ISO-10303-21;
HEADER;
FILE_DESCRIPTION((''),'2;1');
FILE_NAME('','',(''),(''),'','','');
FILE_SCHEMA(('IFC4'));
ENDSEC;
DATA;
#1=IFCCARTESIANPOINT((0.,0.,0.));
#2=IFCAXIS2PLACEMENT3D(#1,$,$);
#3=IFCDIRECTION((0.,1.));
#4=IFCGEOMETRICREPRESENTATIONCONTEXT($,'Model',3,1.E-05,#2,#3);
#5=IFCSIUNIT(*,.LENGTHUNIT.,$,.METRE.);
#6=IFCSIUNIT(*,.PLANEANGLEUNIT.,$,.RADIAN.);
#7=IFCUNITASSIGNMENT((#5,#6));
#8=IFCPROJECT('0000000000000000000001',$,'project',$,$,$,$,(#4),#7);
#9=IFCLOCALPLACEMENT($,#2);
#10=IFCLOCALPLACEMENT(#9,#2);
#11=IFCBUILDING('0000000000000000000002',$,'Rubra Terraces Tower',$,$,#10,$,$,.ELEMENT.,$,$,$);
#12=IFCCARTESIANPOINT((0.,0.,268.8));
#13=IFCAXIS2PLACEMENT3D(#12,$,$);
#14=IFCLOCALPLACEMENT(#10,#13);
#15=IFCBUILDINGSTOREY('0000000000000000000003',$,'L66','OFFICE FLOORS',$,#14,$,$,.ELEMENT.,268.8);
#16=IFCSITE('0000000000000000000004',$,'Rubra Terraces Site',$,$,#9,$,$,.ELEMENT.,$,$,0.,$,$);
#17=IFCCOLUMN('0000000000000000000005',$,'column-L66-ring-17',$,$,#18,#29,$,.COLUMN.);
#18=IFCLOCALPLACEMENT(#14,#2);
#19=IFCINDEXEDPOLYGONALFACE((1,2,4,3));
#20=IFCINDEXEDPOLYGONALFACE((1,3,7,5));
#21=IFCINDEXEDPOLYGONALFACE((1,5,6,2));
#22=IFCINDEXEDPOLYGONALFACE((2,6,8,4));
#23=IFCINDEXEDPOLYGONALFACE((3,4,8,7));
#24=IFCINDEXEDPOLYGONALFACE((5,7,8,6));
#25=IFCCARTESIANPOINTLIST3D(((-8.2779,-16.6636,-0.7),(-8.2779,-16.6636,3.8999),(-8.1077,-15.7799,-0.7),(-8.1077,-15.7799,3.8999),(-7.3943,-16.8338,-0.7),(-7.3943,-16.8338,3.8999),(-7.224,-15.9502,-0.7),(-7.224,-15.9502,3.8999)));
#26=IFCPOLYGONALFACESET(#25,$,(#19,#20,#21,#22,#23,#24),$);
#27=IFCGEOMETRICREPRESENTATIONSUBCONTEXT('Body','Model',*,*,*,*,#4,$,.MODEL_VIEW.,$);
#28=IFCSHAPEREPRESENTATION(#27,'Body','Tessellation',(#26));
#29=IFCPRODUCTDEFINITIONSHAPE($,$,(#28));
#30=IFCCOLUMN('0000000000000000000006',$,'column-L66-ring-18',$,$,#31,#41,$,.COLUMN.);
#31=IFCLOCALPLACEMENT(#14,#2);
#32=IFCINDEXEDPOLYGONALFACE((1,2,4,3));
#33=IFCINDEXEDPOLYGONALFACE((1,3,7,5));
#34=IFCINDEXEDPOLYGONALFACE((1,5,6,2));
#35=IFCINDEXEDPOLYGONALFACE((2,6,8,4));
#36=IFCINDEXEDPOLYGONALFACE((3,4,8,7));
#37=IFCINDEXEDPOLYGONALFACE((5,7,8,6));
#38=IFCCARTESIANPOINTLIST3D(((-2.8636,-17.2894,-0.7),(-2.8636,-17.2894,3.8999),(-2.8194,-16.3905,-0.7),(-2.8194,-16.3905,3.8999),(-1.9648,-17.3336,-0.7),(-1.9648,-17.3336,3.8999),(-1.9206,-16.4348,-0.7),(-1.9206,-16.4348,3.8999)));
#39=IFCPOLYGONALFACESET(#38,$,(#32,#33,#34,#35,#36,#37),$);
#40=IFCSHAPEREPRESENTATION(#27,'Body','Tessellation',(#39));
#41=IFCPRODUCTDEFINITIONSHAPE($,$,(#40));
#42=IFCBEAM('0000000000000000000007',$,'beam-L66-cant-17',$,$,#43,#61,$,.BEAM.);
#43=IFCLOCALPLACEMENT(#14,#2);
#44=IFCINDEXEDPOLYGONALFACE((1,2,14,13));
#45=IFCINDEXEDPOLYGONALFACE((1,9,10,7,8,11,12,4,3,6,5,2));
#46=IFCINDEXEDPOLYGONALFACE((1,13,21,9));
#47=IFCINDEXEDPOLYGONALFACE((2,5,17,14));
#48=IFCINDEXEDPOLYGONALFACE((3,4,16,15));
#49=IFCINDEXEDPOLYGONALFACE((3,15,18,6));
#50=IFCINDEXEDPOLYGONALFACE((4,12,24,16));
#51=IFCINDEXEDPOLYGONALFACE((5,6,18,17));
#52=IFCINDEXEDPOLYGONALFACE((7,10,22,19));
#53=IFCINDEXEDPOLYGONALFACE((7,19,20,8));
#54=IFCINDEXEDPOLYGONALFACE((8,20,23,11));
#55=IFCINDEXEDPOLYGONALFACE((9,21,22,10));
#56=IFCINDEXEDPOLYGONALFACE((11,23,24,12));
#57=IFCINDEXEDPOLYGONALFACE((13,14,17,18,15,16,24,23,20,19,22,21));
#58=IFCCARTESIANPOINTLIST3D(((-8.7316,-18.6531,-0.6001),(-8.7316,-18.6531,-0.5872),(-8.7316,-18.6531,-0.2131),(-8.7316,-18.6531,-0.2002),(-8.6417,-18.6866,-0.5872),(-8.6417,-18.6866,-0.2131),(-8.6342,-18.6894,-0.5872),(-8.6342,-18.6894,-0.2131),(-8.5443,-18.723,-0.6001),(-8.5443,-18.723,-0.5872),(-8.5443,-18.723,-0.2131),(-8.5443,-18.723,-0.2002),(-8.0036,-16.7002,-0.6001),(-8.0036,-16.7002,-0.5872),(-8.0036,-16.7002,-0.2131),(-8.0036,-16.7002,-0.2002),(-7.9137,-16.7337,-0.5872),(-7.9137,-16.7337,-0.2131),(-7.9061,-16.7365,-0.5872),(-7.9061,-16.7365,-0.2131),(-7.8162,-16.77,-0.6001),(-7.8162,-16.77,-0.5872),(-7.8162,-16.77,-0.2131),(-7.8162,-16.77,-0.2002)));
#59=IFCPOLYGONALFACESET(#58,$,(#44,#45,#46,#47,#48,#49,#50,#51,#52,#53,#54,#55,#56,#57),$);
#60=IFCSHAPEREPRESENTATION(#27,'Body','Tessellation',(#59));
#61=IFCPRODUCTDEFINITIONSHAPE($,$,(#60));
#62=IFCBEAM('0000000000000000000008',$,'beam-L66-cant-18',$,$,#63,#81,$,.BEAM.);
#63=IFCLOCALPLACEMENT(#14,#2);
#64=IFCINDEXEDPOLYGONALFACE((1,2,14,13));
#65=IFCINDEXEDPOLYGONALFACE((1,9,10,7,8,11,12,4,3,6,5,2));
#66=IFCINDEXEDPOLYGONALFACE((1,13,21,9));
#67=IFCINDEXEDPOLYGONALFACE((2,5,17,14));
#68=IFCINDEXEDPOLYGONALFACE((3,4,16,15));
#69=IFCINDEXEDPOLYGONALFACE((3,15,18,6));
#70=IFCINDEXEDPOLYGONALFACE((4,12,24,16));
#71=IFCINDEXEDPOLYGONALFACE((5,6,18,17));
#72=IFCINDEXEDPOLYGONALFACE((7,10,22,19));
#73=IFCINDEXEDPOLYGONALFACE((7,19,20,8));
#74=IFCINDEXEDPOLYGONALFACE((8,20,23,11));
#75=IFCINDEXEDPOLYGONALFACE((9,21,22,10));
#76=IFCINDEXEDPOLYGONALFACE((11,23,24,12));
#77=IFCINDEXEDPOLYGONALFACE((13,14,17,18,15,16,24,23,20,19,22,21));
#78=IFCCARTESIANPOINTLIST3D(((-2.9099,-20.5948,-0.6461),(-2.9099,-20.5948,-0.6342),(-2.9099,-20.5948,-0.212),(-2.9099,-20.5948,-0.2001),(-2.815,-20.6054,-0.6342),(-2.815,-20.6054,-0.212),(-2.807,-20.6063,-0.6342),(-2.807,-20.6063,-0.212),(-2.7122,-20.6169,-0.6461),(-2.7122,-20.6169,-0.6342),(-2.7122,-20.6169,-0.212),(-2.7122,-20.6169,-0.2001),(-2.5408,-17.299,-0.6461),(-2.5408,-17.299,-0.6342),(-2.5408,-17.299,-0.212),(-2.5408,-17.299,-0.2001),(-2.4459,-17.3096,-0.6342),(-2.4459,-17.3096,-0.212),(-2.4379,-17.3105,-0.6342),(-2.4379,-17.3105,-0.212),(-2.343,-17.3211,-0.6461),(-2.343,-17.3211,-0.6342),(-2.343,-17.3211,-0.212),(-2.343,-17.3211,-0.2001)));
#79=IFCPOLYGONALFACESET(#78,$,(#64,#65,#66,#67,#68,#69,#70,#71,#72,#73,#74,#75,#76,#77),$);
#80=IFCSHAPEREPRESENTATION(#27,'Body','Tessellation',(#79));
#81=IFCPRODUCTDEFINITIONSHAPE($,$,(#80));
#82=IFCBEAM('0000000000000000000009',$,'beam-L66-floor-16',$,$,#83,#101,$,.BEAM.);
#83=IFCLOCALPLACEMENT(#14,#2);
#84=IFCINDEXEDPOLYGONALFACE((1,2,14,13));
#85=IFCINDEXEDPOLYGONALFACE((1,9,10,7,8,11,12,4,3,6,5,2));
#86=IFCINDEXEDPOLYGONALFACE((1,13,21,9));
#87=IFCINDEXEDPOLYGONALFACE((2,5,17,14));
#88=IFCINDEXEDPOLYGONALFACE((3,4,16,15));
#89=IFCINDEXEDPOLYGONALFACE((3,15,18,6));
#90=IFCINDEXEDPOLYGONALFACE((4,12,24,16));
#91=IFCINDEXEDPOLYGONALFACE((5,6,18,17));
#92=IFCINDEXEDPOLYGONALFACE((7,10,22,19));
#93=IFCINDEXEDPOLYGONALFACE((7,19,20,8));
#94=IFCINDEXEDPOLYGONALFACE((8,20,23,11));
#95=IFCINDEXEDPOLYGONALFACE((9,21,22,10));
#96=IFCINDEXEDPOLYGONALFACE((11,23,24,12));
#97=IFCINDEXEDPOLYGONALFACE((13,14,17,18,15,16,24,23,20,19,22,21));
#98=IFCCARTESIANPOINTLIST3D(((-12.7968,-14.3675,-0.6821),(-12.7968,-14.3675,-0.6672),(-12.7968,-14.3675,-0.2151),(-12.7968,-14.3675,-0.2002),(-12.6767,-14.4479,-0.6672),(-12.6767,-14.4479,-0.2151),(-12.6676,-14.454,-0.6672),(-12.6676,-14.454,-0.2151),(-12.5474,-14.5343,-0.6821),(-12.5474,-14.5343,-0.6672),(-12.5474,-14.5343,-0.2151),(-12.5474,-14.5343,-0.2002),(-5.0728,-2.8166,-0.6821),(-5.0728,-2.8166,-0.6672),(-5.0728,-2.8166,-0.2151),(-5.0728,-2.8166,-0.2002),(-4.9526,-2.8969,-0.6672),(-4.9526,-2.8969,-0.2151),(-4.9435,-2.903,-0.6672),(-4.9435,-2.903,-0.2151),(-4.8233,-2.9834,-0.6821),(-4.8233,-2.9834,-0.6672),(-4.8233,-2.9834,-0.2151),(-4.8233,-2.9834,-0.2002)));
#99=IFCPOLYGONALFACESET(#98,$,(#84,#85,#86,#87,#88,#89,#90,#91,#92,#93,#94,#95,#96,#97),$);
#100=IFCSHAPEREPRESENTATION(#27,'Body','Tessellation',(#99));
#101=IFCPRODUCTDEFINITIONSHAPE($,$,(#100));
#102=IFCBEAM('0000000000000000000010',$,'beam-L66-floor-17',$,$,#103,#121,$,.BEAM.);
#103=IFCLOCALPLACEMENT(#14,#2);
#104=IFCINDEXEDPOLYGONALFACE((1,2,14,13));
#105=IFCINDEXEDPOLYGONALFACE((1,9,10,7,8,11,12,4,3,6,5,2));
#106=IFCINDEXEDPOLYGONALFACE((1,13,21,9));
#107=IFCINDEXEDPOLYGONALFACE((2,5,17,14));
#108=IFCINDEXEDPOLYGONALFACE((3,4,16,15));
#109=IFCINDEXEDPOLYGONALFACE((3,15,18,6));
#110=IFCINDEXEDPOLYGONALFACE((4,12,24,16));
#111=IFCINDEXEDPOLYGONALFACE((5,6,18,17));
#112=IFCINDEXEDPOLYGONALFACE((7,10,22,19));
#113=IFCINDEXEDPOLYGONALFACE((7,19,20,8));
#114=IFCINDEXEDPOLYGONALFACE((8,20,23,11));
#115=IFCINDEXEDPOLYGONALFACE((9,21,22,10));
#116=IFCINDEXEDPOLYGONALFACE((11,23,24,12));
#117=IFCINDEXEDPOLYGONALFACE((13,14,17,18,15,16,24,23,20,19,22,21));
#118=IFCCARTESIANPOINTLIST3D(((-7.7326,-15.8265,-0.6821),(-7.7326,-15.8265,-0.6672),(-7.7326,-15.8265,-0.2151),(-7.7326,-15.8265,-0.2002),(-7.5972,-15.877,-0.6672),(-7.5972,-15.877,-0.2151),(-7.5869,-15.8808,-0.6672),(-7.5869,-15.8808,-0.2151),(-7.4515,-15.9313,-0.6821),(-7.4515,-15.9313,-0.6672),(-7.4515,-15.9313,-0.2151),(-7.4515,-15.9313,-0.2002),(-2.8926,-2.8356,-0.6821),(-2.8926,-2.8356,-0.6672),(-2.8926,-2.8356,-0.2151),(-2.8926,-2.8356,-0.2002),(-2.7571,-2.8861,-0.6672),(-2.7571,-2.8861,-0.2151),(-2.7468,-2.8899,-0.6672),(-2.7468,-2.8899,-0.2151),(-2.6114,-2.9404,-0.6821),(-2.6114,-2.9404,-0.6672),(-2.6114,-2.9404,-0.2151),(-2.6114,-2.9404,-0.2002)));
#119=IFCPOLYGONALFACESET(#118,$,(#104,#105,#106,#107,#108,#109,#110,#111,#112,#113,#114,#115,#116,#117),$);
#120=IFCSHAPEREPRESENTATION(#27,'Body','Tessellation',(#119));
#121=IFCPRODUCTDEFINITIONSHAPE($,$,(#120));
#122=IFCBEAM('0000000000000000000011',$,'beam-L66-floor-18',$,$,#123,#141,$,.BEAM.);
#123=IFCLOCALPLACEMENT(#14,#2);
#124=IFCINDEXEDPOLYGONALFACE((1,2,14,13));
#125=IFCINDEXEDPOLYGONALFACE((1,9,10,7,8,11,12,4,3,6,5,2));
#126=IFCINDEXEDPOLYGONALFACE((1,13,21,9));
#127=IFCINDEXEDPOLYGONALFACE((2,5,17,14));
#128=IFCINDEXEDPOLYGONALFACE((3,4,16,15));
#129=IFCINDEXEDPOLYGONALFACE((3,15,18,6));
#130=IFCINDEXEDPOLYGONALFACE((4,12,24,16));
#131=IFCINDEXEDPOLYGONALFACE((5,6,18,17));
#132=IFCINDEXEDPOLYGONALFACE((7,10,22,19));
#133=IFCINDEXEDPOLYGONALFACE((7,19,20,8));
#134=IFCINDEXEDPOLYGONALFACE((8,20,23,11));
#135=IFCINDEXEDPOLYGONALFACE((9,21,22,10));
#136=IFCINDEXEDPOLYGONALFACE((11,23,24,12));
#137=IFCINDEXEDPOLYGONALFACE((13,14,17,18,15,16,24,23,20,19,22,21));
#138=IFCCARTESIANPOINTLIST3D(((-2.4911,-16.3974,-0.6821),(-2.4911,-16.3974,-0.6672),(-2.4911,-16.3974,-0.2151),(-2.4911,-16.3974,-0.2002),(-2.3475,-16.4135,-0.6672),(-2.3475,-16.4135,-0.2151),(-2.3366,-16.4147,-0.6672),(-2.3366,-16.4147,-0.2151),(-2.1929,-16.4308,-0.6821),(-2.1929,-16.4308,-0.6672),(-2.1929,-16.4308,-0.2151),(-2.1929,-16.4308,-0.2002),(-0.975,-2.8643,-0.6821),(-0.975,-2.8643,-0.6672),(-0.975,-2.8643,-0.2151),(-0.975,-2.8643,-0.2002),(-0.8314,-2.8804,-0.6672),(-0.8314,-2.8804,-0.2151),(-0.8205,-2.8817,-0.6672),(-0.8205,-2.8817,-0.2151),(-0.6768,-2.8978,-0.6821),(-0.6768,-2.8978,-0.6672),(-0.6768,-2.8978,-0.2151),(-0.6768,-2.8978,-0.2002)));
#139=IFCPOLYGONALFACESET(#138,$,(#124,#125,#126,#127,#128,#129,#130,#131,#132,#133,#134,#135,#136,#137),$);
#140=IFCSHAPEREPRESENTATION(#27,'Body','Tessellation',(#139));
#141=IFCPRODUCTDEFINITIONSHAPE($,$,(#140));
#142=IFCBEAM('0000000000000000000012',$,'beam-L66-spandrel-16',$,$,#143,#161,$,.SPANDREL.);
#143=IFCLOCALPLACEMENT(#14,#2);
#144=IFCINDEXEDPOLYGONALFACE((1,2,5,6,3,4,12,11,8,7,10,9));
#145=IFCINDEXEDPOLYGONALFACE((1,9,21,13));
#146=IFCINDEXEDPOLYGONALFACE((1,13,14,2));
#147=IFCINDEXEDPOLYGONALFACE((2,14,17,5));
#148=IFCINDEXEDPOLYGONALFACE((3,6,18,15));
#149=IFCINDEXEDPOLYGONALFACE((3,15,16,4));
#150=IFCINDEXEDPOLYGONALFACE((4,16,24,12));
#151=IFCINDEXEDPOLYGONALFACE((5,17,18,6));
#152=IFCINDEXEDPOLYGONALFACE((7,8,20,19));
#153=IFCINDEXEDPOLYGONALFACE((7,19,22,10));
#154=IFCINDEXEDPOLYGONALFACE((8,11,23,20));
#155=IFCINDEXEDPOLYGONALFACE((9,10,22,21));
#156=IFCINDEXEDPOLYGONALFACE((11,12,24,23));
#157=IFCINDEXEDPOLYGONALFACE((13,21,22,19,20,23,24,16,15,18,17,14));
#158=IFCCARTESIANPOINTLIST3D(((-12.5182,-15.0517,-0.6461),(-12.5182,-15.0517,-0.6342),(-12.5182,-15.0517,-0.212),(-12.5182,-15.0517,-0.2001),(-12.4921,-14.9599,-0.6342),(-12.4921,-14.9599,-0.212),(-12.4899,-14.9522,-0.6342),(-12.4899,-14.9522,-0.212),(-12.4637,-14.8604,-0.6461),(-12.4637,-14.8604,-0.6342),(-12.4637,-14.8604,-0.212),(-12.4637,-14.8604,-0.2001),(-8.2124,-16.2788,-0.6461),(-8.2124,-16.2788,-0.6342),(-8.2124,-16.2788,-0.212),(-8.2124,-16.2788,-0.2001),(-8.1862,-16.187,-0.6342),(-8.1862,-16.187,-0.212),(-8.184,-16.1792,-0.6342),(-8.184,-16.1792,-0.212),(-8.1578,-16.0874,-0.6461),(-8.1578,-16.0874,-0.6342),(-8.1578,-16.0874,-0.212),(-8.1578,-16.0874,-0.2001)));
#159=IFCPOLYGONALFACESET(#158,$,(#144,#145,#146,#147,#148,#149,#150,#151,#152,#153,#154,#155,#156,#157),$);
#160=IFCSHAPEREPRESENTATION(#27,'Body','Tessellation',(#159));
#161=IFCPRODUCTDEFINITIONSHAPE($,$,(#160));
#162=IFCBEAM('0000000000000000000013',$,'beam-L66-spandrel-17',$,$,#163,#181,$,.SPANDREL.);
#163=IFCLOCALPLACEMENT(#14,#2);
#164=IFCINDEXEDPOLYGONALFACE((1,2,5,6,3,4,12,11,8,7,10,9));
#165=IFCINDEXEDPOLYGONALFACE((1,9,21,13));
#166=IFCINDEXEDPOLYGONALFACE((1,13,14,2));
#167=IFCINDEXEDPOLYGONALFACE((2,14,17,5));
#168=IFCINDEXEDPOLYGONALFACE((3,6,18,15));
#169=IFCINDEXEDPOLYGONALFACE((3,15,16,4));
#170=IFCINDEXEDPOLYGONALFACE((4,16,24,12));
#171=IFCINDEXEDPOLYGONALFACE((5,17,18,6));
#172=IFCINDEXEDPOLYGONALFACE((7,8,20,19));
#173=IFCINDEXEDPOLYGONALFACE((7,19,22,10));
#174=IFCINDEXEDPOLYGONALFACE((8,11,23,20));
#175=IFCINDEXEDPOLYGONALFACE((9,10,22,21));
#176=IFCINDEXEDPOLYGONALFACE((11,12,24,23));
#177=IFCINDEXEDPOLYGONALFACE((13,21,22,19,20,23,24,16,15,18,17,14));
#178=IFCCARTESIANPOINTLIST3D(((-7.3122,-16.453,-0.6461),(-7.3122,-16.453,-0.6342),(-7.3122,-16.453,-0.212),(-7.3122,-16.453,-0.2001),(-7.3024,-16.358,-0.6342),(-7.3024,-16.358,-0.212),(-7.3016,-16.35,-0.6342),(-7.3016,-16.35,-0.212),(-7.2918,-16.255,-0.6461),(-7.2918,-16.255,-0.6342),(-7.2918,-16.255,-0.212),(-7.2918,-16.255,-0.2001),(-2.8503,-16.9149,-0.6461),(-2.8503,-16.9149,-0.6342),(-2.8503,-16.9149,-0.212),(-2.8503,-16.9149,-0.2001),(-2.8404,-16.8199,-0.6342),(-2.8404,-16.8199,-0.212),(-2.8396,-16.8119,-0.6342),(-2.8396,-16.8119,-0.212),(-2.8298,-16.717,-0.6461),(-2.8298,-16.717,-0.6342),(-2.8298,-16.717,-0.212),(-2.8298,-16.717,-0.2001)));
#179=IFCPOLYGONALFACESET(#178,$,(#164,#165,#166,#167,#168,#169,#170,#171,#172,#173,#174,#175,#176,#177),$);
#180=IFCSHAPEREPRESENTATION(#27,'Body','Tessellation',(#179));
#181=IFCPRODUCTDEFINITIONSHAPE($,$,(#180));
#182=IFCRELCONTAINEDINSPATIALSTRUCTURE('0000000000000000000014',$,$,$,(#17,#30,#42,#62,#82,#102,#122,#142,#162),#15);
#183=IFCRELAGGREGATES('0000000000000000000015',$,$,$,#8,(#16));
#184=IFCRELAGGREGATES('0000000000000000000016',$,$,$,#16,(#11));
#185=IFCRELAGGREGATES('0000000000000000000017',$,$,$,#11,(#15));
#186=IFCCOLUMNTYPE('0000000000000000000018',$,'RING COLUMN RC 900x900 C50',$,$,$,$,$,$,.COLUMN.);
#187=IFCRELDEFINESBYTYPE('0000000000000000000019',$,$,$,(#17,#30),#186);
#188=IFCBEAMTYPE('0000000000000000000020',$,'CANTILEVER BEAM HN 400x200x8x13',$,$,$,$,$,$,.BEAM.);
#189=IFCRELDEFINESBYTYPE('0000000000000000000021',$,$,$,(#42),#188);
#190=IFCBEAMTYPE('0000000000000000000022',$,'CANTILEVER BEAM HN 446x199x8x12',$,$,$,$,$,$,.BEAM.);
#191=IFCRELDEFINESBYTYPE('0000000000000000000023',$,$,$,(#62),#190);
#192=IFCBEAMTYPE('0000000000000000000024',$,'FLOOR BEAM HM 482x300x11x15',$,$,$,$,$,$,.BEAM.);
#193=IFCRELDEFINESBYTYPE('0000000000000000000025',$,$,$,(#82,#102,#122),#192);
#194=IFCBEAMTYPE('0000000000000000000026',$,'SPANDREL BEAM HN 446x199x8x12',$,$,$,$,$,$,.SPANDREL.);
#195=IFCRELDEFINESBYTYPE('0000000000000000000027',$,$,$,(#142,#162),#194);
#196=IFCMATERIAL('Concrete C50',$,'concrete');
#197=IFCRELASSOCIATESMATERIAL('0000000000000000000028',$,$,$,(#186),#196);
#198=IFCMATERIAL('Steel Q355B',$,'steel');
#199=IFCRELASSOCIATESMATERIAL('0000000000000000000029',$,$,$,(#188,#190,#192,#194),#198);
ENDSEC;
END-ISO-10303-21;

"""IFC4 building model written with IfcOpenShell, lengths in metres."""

from ifc_helpers import new_model, si_unit, direction, frame, origin, origin_2d, place, context, subcontext, project, spatial, rectangle, i_section, extrude, material, material_profile, profile_set, type_object, element, save


model = new_model("IFC4")

# Units and contexts
model_context = context("Model", 3, precision=1e-05, world=origin(), true_north=direction((0.0, 1.0)))
body_context = subcontext(model_context, "Body", "Model", "MODEL_VIEW")
ifc_project = project(units=[si_unit("LENGTHUNIT", "METRE"), si_unit("PLANEANGLEUNIT", "RADIAN")], contexts=[model_context])

# Site, building, storey
site_placement = place(None, origin())
site = spatial("IfcSite", under=ifc_project, at=site_placement, Name="Rubra Terraces Site", CompositionType="ELEMENT", RefElevation=0.0)
building_placement = place(site_placement, origin())
building = spatial("IfcBuilding", under=site, at=building_placement, Name="Rubra Terraces Tower", CompositionType="ELEMENT")
storey_placement = place(building_placement, frame((0.0, 0.0, 268.8)))
storey = spatial("IfcBuildingStorey", under=building, at=storey_placement, Name="L66", Description="OFFICE FLOORS", CompositionType="ELEMENT", Elevation=268.8)

# Columns
ifc_material_1 = material(Name="Concrete C50", Category="concrete")
ifc_material_profile_1 = material_profile(ifc_material_1, rectangle(XDim=0.8999, YDim=0.8999, at=origin_2d()), Name="RC 900x900")
ifc_profile_set_1 = profile_set([ifc_material_profile_1], Name="Concrete C50")
column_type = type_object("IfcColumnType", Name="RING COLUMN RC 900x900 C50", PredefinedType="COLUMN", material=ifc_profile_set_1)
for number, where, z_axis, x_axis, name in (
    (1, (-7.751, -16.3069, -0.7), (0.0, 0.0, 1.0), (0.981937, -0.18921, 0.0), "column-L66-ring-17"),
    (2, (-2.3921, -16.8621, -0.7), (0.0, 0.0, 1.0), (0.998791, -0.04915, 0.0), "column-L66-ring-18"),
):
    element("IfcColumn", number, at=place(storey_placement, frame(where, z_axis=z_axis, x_axis=x_axis)), inside=storey, type_object=column_type, Name=name, PredefinedType="COLUMN", context=body_context, shape_type="SweptSolid", body=[
        extrude(rectangle(XDim=0.8999, YDim=0.8999, at=origin_2d()), origin(), (0.0, 0.0, 1.0), 4.5999),
    ])

# Beams
ifc_material_2 = material(Name="Steel Q355B", Category="steel")
ifc_material_profile_2 = material_profile(ifc_material_2, i_section(OverallWidth=0.2, OverallDepth=0.3999, WebThickness=0.0081, FlangeThickness=0.0129, at=origin_2d()), Name="HN 400x200x8x13")
ifc_profile_set_2 = profile_set([ifc_material_profile_2], Name="Steel Q355B")
beam_type_1 = type_object("IfcBeamType", Name="CANTILEVER BEAM HN 400x200x8x13", PredefinedType="BEAM", material=ifc_profile_set_2)
beam_1_placement = place(storey_placement, frame((-7.9099, -16.7351, -0.4001), z_axis=(-0.349313, -0.937006, 0.0), x_axis=(0.937006, -0.349313, 0.0)))
element("IfcBeam", 3, at=beam_1_placement, inside=storey, type_object=beam_type_1, Name="beam-L66-cant-17", PredefinedType="BEAM", context=body_context, shape_type="SweptSolid", body=[
    extrude(i_section(OverallWidth=0.2, OverallDepth=0.3999, WebThickness=0.0081, FlangeThickness=0.0129, at=origin_2d()), origin(), (0.0, 0.0, 1.0), 2.0842),
])
ifc_material_profile_3 = material_profile(ifc_material_2, i_section(OverallWidth=0.199, OverallDepth=0.446, WebThickness=0.0081, FlangeThickness=0.012, at=origin_2d()), Name="HN 446x199x8x12")
ifc_profile_set_3 = profile_set([ifc_material_profile_3], Name="Steel Q355B")
beam_type_2 = type_object("IfcBeamType", Name="CANTILEVER BEAM HN 446x199x8x12", PredefinedType="BEAM", material=ifc_profile_set_3)
beam_2_placement = place(storey_placement, frame((-2.4419, -17.3101, -0.4231), z_axis=(-0.111304, -0.993786, 0.0), x_axis=(0.993786, -0.111304, 0.0)))
element("IfcBeam", 4, at=beam_2_placement, inside=storey, type_object=beam_type_2, Name="beam-L66-cant-18", PredefinedType="BEAM", context=body_context, shape_type="SweptSolid", body=[
    extrude(i_section(OverallWidth=0.199, OverallDepth=0.446, WebThickness=0.0081, FlangeThickness=0.012, at=origin_2d()), origin(), (0.0, 0.0, 1.0), 3.3164),
])
ifc_material_profile_4 = material_profile(ifc_material_2, i_section(OverallWidth=0.3, OverallDepth=0.4819, WebThickness=0.011, FlangeThickness=0.0149, at=origin_2d()), Name="HM 482x300x11x15")
ifc_profile_set_4 = profile_set([ifc_material_profile_4], Name="Steel Q355B")
beam_type_3 = type_object("IfcBeamType", Name="FLOOR BEAM HM 482x300x11x15", PredefinedType="BEAM", material=ifc_profile_set_4)
beam_3_placement = place(storey_placement, frame((-12.6721, -14.4509, -0.4412), z_axis=(0.555867, 0.831271, 0.0), x_axis=(-0.831271, 0.555867, 0.0)))
element("IfcBeam", 5, at=beam_3_placement, inside=storey, type_object=beam_type_3, Name="beam-L66-floor-16", PredefinedType="BEAM", context=body_context, shape_type="SweptSolid", body=[
    extrude(i_section(OverallWidth=0.3, OverallDepth=0.4819, WebThickness=0.011, FlangeThickness=0.0149, at=origin_2d()), origin(), (0.0, 0.0, 1.0), 13.8955),
])
beam_4_placement = place(storey_placement, frame((-7.592, -15.8789, -0.4412), z_axis=(0.349129, 0.937075, 0.0), x_axis=(-0.937075, 0.349129, 0.0)))
element("IfcBeam", 6, at=beam_4_placement, inside=storey, type_object=beam_type_3, Name="beam-L66-floor-17", PredefinedType="BEAM", context=body_context, shape_type="SweptSolid", body=[
    extrude(i_section(OverallWidth=0.3, OverallDepth=0.4819, WebThickness=0.011, FlangeThickness=0.0149, at=origin_2d()), origin(), (0.0, 0.0, 1.0), 13.8633),
])
beam_5_placement = place(storey_placement, frame((-2.342, -16.4141, -0.4412), z_axis=(0.111335, 0.993783, 0.0), x_axis=(-0.993783, 0.111335, 0.0)))
element("IfcBeam", 7, at=beam_5_placement, inside=storey, type_object=beam_type_3, Name="beam-L66-floor-18", PredefinedType="BEAM", context=body_context, shape_type="SweptSolid", body=[
    extrude(i_section(OverallWidth=0.3, OverallDepth=0.4819, WebThickness=0.011, FlangeThickness=0.0149, at=origin_2d()), origin(), (0.0, 0.0, 1.0), 13.6177),
])
ifc_material_profile_5 = material_profile(ifc_material_2, i_section(OverallWidth=0.199, OverallDepth=0.446, WebThickness=0.0081, FlangeThickness=0.012, at=origin_2d()), Name="HN 446x199x8x12")
ifc_profile_set_5 = profile_set([ifc_material_profile_5], Name="Steel Q355B")
beam_type_4 = type_object("IfcBeamType", Name="SPANDREL BEAM HN 446x199x8x12", PredefinedType="SPANDREL", material=ifc_profile_set_5)
beam_6_placement = place(storey_placement, frame((-12.491, -14.9561, -0.4231), z_axis=(0.961713, -0.274058, 0.0), x_axis=(0.274058, 0.961713, 0.0)))
element("IfcBeam", 8, at=beam_6_placement, inside=storey, type_object=beam_type_4, Name="beam-L66-spandrel-16", PredefinedType="SPANDREL", context=body_context, shape_type="SweptSolid", body=[
    extrude(i_section(OverallWidth=0.199, OverallDepth=0.446, WebThickness=0.0081, FlangeThickness=0.012, at=origin_2d()), origin(), (0.0, 0.0, 1.0), 4.4773),
])
beam_7_placement = place(storey_placement, frame((-7.302, -16.354, -0.4231), z_axis=(0.994684, -0.102973, 0.0), x_axis=(0.102973, 0.994684, 0.0)))
element("IfcBeam", 9, at=beam_7_placement, inside=storey, type_object=beam_type_4, Name="beam-L66-spandrel-17", PredefinedType="SPANDREL", context=body_context, shape_type="SweptSolid", body=[
    extrude(i_section(OverallWidth=0.199, OverallDepth=0.446, WebThickness=0.0081, FlangeThickness=0.012, at=origin_2d()), origin(), (0.0, 0.0, 1.0), 4.4858),
])

save(model, "model.ifc")
